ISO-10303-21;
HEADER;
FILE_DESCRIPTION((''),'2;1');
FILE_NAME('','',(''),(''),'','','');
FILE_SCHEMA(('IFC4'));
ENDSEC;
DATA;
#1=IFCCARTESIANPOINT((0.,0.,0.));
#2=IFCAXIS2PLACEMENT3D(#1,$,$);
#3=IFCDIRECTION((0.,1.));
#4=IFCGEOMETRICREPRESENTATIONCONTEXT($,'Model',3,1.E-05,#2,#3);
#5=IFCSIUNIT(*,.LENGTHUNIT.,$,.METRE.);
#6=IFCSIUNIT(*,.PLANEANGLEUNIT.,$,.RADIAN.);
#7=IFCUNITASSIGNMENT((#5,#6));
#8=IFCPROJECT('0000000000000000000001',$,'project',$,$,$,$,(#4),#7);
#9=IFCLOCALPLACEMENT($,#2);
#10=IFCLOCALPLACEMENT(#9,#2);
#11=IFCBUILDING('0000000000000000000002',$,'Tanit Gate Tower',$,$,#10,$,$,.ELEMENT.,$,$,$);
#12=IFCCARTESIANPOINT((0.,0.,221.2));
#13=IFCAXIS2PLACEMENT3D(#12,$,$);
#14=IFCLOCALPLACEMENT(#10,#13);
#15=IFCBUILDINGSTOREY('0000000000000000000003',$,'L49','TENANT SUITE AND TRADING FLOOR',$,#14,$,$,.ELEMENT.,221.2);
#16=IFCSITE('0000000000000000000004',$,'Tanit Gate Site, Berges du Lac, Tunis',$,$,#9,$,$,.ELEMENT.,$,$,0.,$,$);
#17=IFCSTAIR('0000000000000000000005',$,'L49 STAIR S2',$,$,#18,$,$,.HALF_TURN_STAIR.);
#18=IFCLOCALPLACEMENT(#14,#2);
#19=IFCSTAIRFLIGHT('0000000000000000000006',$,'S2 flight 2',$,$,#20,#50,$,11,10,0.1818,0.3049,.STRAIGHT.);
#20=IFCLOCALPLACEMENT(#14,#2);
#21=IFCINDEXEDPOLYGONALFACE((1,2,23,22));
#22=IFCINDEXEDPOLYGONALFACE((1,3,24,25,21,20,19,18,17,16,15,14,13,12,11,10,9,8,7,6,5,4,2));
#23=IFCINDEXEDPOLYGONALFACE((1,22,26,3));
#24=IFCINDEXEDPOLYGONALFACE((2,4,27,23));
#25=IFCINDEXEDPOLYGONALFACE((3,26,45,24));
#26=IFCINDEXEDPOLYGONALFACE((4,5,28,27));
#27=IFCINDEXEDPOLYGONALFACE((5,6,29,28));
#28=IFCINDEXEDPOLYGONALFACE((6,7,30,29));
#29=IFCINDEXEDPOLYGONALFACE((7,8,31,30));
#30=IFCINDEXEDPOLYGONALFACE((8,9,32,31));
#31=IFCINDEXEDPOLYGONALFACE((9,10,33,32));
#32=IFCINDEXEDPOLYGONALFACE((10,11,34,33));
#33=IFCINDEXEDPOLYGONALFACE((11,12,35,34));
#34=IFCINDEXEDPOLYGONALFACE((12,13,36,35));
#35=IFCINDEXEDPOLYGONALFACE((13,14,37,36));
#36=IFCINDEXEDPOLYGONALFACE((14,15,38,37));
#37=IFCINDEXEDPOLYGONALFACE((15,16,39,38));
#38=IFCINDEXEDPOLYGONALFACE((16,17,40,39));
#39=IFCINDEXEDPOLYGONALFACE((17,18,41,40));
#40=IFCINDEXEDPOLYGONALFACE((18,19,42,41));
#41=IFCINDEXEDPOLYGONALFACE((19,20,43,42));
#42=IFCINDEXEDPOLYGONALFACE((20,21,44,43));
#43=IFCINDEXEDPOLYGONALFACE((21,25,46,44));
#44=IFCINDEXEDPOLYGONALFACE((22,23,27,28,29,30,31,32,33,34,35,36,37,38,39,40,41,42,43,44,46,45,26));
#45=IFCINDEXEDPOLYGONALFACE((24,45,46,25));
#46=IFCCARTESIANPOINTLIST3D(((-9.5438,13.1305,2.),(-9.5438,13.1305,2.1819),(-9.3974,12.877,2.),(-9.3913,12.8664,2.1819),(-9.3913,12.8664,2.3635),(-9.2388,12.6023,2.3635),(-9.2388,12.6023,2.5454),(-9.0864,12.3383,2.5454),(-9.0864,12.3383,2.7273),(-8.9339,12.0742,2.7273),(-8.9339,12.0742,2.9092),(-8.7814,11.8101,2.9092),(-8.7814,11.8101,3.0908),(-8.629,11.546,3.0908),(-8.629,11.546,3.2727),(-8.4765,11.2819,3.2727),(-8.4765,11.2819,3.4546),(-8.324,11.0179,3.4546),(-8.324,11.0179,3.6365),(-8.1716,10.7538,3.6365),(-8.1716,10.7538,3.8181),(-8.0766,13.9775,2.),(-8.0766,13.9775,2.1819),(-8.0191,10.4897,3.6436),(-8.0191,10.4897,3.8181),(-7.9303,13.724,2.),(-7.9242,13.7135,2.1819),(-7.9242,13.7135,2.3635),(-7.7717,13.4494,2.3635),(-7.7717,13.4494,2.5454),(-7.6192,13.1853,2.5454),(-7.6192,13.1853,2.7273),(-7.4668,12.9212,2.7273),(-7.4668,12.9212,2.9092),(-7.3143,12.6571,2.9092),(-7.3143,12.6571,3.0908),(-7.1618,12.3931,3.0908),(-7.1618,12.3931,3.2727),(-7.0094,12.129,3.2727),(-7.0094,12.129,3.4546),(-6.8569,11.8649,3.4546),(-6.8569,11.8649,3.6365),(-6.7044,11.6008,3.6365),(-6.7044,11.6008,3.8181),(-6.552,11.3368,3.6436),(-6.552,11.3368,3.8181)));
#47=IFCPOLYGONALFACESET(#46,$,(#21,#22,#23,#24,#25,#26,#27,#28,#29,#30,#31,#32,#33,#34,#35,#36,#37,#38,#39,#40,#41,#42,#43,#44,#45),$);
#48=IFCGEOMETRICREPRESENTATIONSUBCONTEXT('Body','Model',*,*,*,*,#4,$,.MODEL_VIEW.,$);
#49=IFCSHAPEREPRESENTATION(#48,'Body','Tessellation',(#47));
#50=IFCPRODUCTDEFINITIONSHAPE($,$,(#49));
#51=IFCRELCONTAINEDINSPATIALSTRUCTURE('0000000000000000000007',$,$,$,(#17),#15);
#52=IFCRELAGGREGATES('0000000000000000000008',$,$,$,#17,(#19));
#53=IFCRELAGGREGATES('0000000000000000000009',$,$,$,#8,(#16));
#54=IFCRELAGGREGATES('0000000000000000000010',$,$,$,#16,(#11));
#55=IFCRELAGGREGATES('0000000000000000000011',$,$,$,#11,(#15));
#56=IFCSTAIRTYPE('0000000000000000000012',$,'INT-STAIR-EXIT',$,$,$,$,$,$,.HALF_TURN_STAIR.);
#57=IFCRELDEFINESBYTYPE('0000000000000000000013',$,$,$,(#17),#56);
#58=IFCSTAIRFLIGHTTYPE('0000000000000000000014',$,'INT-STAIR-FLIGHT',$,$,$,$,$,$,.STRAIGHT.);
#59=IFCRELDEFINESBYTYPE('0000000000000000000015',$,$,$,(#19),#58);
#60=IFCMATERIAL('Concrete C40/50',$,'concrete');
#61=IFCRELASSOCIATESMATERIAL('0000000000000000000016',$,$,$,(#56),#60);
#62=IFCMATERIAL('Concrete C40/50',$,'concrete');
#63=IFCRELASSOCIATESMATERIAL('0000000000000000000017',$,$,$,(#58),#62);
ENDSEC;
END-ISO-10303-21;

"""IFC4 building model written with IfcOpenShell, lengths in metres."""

from ifc_helpers import new_model, si_unit, direction, frame, origin, place, context, subcontext, project, spatial, polyline, outline, extrude, material, type_object, element, aggregate, save


model = new_model("IFC4")

# Units and contexts
model_context = context("Model", 3, precision=1e-05, world=origin(), true_north=direction((0.0, 1.0)))
body_context = subcontext(model_context, "Body", "Model", "MODEL_VIEW")
ifc_project = project(units=[si_unit("LENGTHUNIT", "METRE"), si_unit("PLANEANGLEUNIT", "RADIAN")], contexts=[model_context])

# Site, building, storey
site_placement = place(None, origin())
site = spatial("IfcSite", under=ifc_project, at=site_placement, Name="Tanit Gate Site, Berges du Lac, Tunis", CompositionType="ELEMENT", RefElevation=0.0)
building_placement = place(site_placement, origin())
building = spatial("IfcBuilding", under=site, at=building_placement, Name="Tanit Gate Tower", CompositionType="ELEMENT")
storey_placement = place(building_placement, frame((0.0, 0.0, 221.2)))
storey = spatial("IfcBuildingStorey", under=building, at=storey_placement, Name="L49", Description="TENANT SUITE AND TRADING FLOOR", CompositionType="ELEMENT", Elevation=221.2)

# Stair, stair flight
ifc_material_1 = material(Name="Concrete C40/50", Category="concrete")
stair_type = type_object("IfcStairType", Name="INT-STAIR-EXIT", PredefinedType="HALF_TURN_STAIR", material=ifc_material_1)
stair_placement = place(storey_placement, origin())
stair = element("IfcStair", 1, at=stair_placement, inside=storey, type_object=stair_type, Name="L49 STAIR S2", PredefinedType="HALF_TURN_STAIR")
ifc_material_2 = material(Name="Concrete C40/50", Category="concrete")
stair_flight_type = type_object("IfcStairFlightType", Name="INT-STAIR-FLIGHT", PredefinedType="STRAIGHT", material=ifc_material_2)
stair_flight_1_placement = place(storey_placement, frame((-8.8103, 13.554, 2.0), z_axis=(0.0, 0.0, 1.0), x_axis=(0.5, -0.866025, 0.0)))
stair_flight_1 = element("IfcStairFlight", 2, at=stair_flight_1_placement, type_object=stair_flight_type, Name="S2 flight 2", NumberOfRisers=11, NumberOfTreads=10, PredefinedType="STRAIGHT", RiserHeight=0.1818, TreadLength=0.3049, context=body_context, shape_type="SweptSolid", body=[
    extrude(outline(polyline([(0.0, 0.0), (0.0, 0.1819), (0.3049, 0.1819), (0.3049, 0.3635), (0.6099, 0.3635), (0.6099, 0.5454), (0.9148, 0.5454), (0.9148, 0.7273), (1.2197, 0.7273), (1.2197, 0.9092), (1.5247, 0.9092), (1.5247, 1.0908), (1.8296, 1.0908), (1.8296, 1.2727), (2.1345, 1.2727), (2.1345, 1.4546), (2.4395, 1.4546), (2.4395, 1.6365), (2.7444, 1.6365), (2.7444, 1.8181), (3.0493, 1.8181), (3.0493, 2.0), (3.0493, 1.6436), (0.2927, 0.0), (0.0, 0.0)])), frame((0.0, 0.8472, 0.0), z_axis=(0.0, -1.0, 0.0), x_axis=(1.0, 0.0, 0.0)), (0.0, 0.0, 1.0), 1.6941),
])
aggregate(stair, [stair_flight_1])

save(model, "model.ifc")
